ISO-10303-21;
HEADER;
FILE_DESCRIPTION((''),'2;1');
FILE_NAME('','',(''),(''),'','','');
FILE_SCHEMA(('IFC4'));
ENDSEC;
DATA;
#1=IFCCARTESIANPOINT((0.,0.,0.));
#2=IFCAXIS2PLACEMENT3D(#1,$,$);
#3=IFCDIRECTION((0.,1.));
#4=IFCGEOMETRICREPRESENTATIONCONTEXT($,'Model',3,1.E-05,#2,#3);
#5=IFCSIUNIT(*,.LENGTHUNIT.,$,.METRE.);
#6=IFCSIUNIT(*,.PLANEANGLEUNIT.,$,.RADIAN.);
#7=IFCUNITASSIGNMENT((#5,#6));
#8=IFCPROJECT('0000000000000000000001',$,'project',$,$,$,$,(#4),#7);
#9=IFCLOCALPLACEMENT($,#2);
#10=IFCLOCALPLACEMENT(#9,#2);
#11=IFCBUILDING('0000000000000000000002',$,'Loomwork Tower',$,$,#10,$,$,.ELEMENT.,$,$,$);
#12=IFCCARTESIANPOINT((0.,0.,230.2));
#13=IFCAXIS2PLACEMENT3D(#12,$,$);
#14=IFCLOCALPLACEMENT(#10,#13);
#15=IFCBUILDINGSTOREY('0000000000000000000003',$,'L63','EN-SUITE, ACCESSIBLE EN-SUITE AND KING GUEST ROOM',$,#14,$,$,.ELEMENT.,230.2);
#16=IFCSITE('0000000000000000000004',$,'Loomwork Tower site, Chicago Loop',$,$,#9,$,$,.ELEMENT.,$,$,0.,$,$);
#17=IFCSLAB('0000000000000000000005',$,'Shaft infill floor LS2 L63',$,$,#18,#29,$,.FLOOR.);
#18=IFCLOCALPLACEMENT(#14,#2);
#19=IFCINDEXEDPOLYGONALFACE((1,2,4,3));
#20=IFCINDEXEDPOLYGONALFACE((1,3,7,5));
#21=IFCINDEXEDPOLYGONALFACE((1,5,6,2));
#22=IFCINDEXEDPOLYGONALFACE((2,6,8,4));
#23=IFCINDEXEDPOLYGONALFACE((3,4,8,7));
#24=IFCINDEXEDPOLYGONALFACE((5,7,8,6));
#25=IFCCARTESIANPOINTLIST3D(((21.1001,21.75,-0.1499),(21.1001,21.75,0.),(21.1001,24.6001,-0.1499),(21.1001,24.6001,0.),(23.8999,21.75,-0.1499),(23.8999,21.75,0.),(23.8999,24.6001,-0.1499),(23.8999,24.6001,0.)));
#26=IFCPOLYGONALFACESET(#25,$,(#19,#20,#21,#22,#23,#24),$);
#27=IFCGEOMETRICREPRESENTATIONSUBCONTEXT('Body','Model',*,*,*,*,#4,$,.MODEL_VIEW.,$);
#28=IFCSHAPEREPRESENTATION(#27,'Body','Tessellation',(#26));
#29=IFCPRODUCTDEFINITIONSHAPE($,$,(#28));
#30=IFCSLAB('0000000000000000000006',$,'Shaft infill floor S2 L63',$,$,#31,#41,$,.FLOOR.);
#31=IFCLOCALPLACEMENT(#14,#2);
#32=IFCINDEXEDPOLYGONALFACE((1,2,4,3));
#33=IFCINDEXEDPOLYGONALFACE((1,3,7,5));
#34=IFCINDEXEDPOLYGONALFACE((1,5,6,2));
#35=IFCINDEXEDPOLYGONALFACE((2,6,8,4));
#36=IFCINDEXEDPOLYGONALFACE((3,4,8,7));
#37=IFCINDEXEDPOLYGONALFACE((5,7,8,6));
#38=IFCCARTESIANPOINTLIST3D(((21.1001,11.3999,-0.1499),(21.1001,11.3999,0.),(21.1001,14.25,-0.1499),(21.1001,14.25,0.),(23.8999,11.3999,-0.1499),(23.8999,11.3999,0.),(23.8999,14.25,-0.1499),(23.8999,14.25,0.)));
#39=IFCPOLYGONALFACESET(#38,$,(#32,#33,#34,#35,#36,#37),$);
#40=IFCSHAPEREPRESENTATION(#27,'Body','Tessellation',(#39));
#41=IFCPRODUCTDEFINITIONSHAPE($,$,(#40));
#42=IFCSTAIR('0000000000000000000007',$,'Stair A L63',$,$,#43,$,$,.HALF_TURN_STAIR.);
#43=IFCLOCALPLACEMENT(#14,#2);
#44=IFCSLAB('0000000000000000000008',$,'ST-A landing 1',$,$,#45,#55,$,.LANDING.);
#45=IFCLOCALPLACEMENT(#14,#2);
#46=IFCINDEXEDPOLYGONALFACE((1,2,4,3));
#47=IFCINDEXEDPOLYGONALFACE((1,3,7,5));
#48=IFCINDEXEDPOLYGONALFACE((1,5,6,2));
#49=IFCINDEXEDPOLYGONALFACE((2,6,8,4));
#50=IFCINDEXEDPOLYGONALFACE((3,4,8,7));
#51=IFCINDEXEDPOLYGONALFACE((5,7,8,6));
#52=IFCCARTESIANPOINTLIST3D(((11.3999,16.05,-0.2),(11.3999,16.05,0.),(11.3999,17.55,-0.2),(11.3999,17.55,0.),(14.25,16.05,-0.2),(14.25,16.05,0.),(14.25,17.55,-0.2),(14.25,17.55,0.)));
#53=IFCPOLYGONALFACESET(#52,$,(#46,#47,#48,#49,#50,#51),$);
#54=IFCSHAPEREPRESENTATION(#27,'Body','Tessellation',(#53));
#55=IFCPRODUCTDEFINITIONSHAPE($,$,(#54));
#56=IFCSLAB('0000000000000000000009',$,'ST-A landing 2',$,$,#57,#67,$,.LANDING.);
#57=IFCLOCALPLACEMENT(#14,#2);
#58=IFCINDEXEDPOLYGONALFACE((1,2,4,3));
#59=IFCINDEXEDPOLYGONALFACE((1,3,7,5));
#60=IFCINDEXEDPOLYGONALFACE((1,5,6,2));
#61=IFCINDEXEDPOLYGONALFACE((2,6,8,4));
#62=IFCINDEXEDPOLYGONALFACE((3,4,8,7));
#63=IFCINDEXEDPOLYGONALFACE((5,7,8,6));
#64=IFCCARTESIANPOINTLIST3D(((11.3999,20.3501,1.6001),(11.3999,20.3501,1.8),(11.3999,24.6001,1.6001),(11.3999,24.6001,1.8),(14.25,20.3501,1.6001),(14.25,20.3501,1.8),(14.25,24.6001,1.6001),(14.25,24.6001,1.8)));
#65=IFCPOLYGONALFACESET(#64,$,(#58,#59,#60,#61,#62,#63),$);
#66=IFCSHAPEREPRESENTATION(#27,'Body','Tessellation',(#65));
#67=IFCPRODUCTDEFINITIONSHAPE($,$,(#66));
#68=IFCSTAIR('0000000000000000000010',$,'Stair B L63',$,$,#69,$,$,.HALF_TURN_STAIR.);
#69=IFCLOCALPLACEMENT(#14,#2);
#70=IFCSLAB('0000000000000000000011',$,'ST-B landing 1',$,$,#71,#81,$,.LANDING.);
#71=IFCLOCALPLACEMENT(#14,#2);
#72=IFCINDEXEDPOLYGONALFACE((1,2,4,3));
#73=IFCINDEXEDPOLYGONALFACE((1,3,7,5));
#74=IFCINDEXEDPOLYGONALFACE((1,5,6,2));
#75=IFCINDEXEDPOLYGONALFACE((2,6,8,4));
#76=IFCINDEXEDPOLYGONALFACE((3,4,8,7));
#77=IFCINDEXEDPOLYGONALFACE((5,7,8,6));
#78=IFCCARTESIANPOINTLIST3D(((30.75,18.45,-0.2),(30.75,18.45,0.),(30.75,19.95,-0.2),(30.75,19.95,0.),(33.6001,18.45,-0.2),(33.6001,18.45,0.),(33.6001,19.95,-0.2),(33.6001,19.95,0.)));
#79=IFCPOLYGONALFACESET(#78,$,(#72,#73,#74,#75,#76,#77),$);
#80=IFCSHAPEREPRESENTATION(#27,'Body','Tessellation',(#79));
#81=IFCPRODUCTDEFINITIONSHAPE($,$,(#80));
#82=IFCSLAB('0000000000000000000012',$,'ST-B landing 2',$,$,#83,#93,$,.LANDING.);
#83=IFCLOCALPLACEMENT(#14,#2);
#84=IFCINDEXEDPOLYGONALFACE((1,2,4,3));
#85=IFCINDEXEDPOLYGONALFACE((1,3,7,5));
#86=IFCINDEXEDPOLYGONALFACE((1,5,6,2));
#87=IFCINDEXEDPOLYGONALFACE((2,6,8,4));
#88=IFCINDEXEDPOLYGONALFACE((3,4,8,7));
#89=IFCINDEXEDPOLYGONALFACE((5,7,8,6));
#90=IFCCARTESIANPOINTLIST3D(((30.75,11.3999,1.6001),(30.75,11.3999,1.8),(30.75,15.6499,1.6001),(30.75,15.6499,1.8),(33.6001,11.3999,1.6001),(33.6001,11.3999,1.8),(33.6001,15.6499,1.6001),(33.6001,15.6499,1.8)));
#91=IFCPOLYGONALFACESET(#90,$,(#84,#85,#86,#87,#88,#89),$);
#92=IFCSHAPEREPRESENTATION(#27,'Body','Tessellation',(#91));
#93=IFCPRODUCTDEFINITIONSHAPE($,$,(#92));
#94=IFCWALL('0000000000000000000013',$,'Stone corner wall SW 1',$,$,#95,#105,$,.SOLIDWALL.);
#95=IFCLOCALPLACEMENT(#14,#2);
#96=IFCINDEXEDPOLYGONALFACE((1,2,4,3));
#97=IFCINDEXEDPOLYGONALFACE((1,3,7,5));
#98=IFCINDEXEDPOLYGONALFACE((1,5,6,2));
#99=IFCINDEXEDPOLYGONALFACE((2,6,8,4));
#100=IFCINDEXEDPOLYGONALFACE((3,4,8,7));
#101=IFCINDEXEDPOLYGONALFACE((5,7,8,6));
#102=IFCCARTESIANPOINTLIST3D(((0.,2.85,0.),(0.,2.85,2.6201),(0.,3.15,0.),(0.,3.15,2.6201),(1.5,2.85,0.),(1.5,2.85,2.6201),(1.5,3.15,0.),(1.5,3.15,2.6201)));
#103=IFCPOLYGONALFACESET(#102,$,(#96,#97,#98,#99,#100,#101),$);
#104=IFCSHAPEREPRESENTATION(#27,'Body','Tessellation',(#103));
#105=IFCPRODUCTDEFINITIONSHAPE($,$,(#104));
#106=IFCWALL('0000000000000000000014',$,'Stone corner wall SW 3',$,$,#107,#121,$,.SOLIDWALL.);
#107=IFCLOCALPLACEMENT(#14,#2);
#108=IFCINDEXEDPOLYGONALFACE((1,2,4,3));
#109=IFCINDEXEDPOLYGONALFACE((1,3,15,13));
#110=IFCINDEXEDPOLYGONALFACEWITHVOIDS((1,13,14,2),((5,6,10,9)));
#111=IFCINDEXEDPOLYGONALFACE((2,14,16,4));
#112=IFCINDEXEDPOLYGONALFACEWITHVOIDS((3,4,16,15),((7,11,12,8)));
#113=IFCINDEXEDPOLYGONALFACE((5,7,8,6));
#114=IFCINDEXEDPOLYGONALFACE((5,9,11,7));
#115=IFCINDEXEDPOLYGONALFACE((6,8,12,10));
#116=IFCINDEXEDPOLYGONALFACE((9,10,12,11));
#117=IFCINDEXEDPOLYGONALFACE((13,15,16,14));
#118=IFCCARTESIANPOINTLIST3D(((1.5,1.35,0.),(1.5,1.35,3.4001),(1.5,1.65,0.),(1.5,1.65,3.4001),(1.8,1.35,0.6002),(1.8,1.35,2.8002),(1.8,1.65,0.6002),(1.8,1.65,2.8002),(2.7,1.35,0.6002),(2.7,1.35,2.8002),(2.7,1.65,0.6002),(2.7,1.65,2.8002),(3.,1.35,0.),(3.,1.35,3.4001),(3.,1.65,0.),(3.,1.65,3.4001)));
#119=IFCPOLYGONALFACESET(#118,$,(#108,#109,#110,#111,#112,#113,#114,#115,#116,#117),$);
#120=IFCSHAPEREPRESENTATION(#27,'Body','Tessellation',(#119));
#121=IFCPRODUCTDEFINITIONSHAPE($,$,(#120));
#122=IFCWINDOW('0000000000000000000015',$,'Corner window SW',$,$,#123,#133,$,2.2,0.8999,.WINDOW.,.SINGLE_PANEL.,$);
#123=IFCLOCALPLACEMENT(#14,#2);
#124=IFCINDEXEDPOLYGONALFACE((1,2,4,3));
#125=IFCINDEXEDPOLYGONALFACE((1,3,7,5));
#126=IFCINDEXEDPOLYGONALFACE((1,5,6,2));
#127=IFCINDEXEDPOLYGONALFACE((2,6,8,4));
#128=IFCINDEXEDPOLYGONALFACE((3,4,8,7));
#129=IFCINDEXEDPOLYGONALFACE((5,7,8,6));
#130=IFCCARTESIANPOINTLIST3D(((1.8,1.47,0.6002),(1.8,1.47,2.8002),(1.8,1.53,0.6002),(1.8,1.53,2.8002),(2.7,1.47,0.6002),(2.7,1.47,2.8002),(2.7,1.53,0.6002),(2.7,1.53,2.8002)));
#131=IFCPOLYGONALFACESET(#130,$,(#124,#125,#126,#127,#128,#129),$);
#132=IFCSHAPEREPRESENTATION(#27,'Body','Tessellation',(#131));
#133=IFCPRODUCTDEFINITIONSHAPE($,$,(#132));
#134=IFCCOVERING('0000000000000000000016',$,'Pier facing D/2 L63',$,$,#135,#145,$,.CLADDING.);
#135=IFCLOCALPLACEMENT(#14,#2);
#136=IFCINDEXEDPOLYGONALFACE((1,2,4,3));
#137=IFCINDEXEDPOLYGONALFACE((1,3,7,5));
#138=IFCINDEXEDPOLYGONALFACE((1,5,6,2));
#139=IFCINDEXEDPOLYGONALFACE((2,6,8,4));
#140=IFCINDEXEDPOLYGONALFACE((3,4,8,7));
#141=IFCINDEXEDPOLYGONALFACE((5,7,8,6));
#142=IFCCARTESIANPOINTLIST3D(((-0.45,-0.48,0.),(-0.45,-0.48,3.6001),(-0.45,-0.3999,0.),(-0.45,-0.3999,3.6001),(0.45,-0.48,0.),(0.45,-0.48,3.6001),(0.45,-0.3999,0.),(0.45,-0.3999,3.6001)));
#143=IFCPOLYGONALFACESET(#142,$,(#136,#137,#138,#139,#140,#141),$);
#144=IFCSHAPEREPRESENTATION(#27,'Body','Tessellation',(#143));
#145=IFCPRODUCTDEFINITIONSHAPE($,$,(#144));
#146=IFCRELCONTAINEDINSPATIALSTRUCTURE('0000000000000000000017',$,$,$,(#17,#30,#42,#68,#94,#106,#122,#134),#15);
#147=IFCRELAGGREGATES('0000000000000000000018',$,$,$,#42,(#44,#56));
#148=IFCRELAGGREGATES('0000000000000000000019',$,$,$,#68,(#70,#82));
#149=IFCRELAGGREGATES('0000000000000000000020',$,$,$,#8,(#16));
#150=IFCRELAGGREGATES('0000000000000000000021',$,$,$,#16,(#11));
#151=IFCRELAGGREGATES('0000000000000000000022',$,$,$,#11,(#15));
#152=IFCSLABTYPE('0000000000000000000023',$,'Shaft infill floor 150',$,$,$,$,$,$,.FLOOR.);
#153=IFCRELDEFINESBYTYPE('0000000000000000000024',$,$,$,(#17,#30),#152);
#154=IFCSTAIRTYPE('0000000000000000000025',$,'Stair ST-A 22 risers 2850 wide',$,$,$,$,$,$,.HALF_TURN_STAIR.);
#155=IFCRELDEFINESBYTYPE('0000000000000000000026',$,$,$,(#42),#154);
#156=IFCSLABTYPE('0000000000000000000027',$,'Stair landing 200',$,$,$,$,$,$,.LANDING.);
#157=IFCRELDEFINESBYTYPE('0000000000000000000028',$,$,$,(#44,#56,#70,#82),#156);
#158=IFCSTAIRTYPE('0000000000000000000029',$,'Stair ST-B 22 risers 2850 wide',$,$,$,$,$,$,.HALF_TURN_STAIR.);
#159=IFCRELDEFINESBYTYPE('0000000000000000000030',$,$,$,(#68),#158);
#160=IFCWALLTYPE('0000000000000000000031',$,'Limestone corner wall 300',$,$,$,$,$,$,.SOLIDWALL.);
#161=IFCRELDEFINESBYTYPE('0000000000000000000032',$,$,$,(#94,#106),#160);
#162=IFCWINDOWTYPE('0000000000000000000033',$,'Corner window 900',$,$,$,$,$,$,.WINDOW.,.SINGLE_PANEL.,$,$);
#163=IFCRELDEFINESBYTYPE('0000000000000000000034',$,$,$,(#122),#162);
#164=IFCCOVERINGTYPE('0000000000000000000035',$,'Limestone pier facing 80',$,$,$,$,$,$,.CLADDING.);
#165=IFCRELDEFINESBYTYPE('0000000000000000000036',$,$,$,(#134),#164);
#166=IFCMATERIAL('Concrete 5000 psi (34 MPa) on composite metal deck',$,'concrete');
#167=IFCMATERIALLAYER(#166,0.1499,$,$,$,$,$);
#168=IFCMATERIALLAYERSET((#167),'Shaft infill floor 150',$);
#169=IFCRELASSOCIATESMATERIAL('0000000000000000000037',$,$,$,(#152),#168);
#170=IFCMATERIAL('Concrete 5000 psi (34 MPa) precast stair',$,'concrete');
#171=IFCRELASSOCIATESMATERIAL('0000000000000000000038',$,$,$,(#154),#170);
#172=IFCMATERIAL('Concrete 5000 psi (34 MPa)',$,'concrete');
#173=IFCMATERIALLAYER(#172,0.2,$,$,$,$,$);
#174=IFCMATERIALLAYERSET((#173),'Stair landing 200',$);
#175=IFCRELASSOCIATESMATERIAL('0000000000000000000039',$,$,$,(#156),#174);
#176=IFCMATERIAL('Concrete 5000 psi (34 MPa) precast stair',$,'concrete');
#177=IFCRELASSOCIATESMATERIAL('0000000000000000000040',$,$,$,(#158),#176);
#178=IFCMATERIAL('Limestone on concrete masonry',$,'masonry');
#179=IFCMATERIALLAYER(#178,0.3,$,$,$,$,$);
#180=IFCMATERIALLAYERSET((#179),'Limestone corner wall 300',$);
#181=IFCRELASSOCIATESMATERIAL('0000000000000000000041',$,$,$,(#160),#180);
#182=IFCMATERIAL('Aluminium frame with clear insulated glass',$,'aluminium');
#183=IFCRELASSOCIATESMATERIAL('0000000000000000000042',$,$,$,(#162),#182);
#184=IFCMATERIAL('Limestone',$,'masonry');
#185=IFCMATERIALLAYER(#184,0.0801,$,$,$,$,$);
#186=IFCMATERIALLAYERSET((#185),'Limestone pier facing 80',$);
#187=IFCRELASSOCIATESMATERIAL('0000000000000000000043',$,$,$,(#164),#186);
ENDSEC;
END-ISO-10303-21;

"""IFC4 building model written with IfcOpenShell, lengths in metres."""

from ifc_helpers import new_model, si_unit, direction, frame, frame_2d, origin, origin_2d, place, context, subcontext, project, spatial, polyline, rectangle, outline, extrude, material, layer, layer_set, type_object, element, fill, aggregate, save


model = new_model("IFC4")

# Units and contexts
model_context = context("Model", 3, precision=1e-05, world=origin(), true_north=direction((0.0, 1.0)))
body_context = subcontext(model_context, "Body", "Model", "MODEL_VIEW")
ifc_project = project(units=[si_unit("LENGTHUNIT", "METRE"), si_unit("PLANEANGLEUNIT", "RADIAN")], contexts=[model_context])

# Site, building, storey
site_placement = place(None, origin())
site = spatial("IfcSite", under=ifc_project, at=site_placement, Name="Loomwork Tower site, Chicago Loop", CompositionType="ELEMENT", RefElevation=0.0)
building_placement = place(site_placement, origin())
building = spatial("IfcBuilding", under=site, at=building_placement, Name="Loomwork Tower", CompositionType="ELEMENT")
storey_placement = place(building_placement, frame((0.0, 0.0, 230.2)))
storey = spatial("IfcBuildingStorey", under=building, at=storey_placement, Name="L63", Description="EN-SUITE, ACCESSIBLE EN-SUITE AND KING GUEST ROOM", CompositionType="ELEMENT", Elevation=230.2)

# Slabs
ifc_material_1 = material(Name="Concrete 5000 psi (34 MPa) on composite metal deck", Category="concrete")
ifc_layer_1 = layer(ifc_material_1, 0.1499)
ifc_layer_set_1 = layer_set([ifc_layer_1], Name="Shaft infill floor 150")
slab_type_1 = type_object("IfcSlabType", Name="Shaft infill floor 150", PredefinedType="FLOOR", material=ifc_layer_set_1)
slab_1_placement = place(storey_placement, frame((0.0, 0.0, -0.1499)))
element("IfcSlab", 1, at=slab_1_placement, inside=storey, type_object=slab_type_1, Name="Shaft infill floor LS2 L63", PredefinedType="FLOOR", context=body_context, shape_type="SweptSolid", body=[
    extrude(outline(polyline([(21.1001, 21.75), (23.8999, 21.75), (23.8999, 24.6001), (21.1001, 24.6001), (21.1001, 21.75)])), origin(), (0.0, 0.0, 1.0), 0.1499),
])
slab_2_placement = place(storey_placement, frame((0.0, 0.0, -0.1499)))
element("IfcSlab", 2, at=slab_2_placement, inside=storey, type_object=slab_type_1, Name="Shaft infill floor S2 L63", PredefinedType="FLOOR", context=body_context, shape_type="SweptSolid", body=[
    extrude(outline(polyline([(21.1001, 11.3999), (23.8999, 11.3999), (23.8999, 14.25), (21.1001, 14.25), (21.1001, 11.3999)])), origin(), (0.0, 0.0, 1.0), 0.1499),
])

# Stairs, slabs
ifc_material_2 = material(Name="Concrete 5000 psi (34 MPa) precast stair", Category="concrete")
stair_type_1 = type_object("IfcStairType", Name="Stair ST-A 22 risers 2850 wide", PredefinedType="HALF_TURN_STAIR", material=ifc_material_2)
stair_1_placement = place(storey_placement, origin())
stair_1 = element("IfcStair", 3, at=stair_1_placement, inside=storey, type_object=stair_type_1, Name="Stair A L63", PredefinedType="HALF_TURN_STAIR")
ifc_material_3 = material(Name="Concrete 5000 psi (34 MPa)", Category="concrete")
ifc_layer_2 = layer(ifc_material_3, 0.2)
ifc_layer_set_2 = layer_set([ifc_layer_2], Name="Stair landing 200")
slab_type_2 = type_object("IfcSlabType", Name="Stair landing 200", PredefinedType="LANDING", material=ifc_layer_set_2)
slab_3_placement = place(storey_placement, frame((0.0, 0.0, -0.2)))
slab_3 = element("IfcSlab", 4, at=slab_3_placement, type_object=slab_type_2, Name="ST-A landing 1", PredefinedType="LANDING", context=body_context, shape_type="SweptSolid", body=[
    extrude(outline(polyline([(11.3999, 16.05), (14.25, 16.05), (14.25, 17.55), (11.3999, 17.55), (11.3999, 16.05)])), origin(), (0.0, 0.0, 1.0), 0.2),
])
slab_4_placement = place(storey_placement, frame((0.0, 0.0, 1.6001)))
slab_4 = element("IfcSlab", 5, at=slab_4_placement, type_object=slab_type_2, Name="ST-A landing 2", PredefinedType="LANDING", context=body_context, shape_type="SweptSolid", body=[
    extrude(outline(polyline([(11.3999, 20.3501), (14.25, 20.3501), (14.25, 24.6001), (11.3999, 24.6001), (11.3999, 20.3501)])), origin(), (0.0, 0.0, 1.0), 0.2),
])
aggregate(stair_1, [slab_3, slab_4])
ifc_material_4 = material(Name="Concrete 5000 psi (34 MPa) precast stair", Category="concrete")
stair_type_2 = type_object("IfcStairType", Name="Stair ST-B 22 risers 2850 wide", PredefinedType="HALF_TURN_STAIR", material=ifc_material_4)
stair_2_placement = place(storey_placement, origin())
stair_2 = element("IfcStair", 6, at=stair_2_placement, inside=storey, type_object=stair_type_2, Name="Stair B L63", PredefinedType="HALF_TURN_STAIR")
slab_5_placement = place(storey_placement, frame((0.0, 0.0, -0.2)))
slab_5 = element("IfcSlab", 7, at=slab_5_placement, type_object=slab_type_2, Name="ST-B landing 1", PredefinedType="LANDING", context=body_context, shape_type="SweptSolid", body=[
    extrude(outline(polyline([(30.75, 18.45), (33.6001, 18.45), (33.6001, 19.95), (30.75, 19.95), (30.75, 18.45)])), origin(), (0.0, 0.0, 1.0), 0.2),
])
slab_6_placement = place(storey_placement, frame((0.0, 0.0, 1.6001)))
slab_6 = element("IfcSlab", 8, at=slab_6_placement, type_object=slab_type_2, Name="ST-B landing 2", PredefinedType="LANDING", context=body_context, shape_type="SweptSolid", body=[
    extrude(outline(polyline([(30.75, 11.3999), (33.6001, 11.3999), (33.6001, 15.6499), (30.75, 15.6499), (30.75, 11.3999)])), origin(), (0.0, 0.0, 1.0), 0.2),
])
aggregate(stair_2, [slab_5, slab_6])

# Wall
ifc_material_5 = material(Name="Limestone on concrete masonry", Category="masonry")
ifc_layer_3 = layer(ifc_material_5, 0.3)
ifc_layer_set_3 = layer_set([ifc_layer_3], Name="Limestone corner wall 300")
wall_type = type_object("IfcWallType", Name="Limestone corner wall 300", PredefinedType="SOLIDWALL", material=ifc_layer_set_3)
wall_1_placement = place(storey_placement, frame((0.0, 3.0, 0.0), z_axis=(0.0, 0.0, 1.0), x_axis=(1.0, 0.0, 0.0)))
element("IfcWall", 9, at=wall_1_placement, inside=storey, type_object=wall_type, Name="Stone corner wall SW 1", PredefinedType="SOLIDWALL", context=body_context, shape_type="SweptSolid", body=[
    extrude(rectangle(XDim=1.5, YDim=0.3, at=frame_2d((0.75, 0.0))), origin(), (0.0, 0.0, 1.0), 2.6201),
])

# Wall, opening, window
wall_2_placement = place(storey_placement, frame((1.5, 1.5, 0.0), z_axis=(0.0, 0.0, 1.0), x_axis=(1.0, 0.0, 0.0)))
wall_2 = element("IfcWall", 10, at=wall_2_placement, inside=storey, type_object=wall_type, Name="Stone corner wall SW 3", PredefinedType="SOLIDWALL", context=body_context, shape_type="SweptSolid", body=[
    extrude(rectangle(XDim=1.5, YDim=0.3, at=frame_2d((0.75, 0.0))), origin(), (0.0, 0.0, 1.0), 3.4001),
])
opening_placement = place(wall_2_placement, frame((0.3, 0.0, 0.6001)))
opening = element("IfcOpeningElement", 11, at=opening_placement, cuts=wall_2, PredefinedType="OPENING", context=body_context, shape_type="SweptSolid", body=[
    extrude(rectangle(XDim=0.8999, YDim=2.2, at=frame_2d((0.45, 1.1001))), frame((0.0, 0.1599, 0.0), z_axis=(0.0, -1.0, 0.0), x_axis=(1.0, 0.0, 0.0)), (0.0, 0.0, 1.0), 0.3201),
])
ifc_material_6 = material(Name="Aluminium frame with clear insulated glass", Category="aluminium")
window_type = type_object("IfcWindowType", Name="Corner window 900", PartitioningType="SINGLE_PANEL", PredefinedType="WINDOW", material=ifc_material_6)
window_placement = place(opening_placement, origin())
window = element("IfcWindow", 12, at=window_placement, inside=storey, type_object=window_type, Name="Corner window SW", OverallHeight=2.2, OverallWidth=0.8999, PartitioningType="SINGLE_PANEL", PredefinedType="WINDOW", context=body_context, shape_type="SweptSolid", body=[
    extrude(rectangle(XDim=0.8999, YDim=2.2, at=frame_2d((0.45, 1.1001))), frame((0.0, 0.03, 0.0), z_axis=(0.0, -1.0, 0.0), x_axis=(1.0, 0.0, 0.0)), (0.0, 0.0, 1.0), 0.0601),
])
fill(opening, window)

# Covering
ifc_material_7 = material(Name="Limestone", Category="masonry")
ifc_layer_4 = layer(ifc_material_7, 0.0801)
ifc_layer_set_4 = layer_set([ifc_layer_4], Name="Limestone pier facing 80")
covering_type = type_object("IfcCoveringType", Name="Limestone pier facing 80", PredefinedType="CLADDING", material=ifc_layer_set_4)
covering_placement = place(storey_placement, frame((0.0, -0.4399, 0.0), z_axis=(0.0, 0.0, 1.0), x_axis=(1.0, 0.0, 0.0)))
element("IfcCovering", 13, at=covering_placement, inside=storey, type_object=covering_type, Name="Pier facing D/2 L63", PredefinedType="CLADDING", context=body_context, shape_type="SweptSolid", body=[
    extrude(rectangle(XDim=0.8999, YDim=0.0801, at=origin_2d()), origin(), (0.0, 0.0, 1.0), 3.6001),
])

save(model, "model.ifc")
